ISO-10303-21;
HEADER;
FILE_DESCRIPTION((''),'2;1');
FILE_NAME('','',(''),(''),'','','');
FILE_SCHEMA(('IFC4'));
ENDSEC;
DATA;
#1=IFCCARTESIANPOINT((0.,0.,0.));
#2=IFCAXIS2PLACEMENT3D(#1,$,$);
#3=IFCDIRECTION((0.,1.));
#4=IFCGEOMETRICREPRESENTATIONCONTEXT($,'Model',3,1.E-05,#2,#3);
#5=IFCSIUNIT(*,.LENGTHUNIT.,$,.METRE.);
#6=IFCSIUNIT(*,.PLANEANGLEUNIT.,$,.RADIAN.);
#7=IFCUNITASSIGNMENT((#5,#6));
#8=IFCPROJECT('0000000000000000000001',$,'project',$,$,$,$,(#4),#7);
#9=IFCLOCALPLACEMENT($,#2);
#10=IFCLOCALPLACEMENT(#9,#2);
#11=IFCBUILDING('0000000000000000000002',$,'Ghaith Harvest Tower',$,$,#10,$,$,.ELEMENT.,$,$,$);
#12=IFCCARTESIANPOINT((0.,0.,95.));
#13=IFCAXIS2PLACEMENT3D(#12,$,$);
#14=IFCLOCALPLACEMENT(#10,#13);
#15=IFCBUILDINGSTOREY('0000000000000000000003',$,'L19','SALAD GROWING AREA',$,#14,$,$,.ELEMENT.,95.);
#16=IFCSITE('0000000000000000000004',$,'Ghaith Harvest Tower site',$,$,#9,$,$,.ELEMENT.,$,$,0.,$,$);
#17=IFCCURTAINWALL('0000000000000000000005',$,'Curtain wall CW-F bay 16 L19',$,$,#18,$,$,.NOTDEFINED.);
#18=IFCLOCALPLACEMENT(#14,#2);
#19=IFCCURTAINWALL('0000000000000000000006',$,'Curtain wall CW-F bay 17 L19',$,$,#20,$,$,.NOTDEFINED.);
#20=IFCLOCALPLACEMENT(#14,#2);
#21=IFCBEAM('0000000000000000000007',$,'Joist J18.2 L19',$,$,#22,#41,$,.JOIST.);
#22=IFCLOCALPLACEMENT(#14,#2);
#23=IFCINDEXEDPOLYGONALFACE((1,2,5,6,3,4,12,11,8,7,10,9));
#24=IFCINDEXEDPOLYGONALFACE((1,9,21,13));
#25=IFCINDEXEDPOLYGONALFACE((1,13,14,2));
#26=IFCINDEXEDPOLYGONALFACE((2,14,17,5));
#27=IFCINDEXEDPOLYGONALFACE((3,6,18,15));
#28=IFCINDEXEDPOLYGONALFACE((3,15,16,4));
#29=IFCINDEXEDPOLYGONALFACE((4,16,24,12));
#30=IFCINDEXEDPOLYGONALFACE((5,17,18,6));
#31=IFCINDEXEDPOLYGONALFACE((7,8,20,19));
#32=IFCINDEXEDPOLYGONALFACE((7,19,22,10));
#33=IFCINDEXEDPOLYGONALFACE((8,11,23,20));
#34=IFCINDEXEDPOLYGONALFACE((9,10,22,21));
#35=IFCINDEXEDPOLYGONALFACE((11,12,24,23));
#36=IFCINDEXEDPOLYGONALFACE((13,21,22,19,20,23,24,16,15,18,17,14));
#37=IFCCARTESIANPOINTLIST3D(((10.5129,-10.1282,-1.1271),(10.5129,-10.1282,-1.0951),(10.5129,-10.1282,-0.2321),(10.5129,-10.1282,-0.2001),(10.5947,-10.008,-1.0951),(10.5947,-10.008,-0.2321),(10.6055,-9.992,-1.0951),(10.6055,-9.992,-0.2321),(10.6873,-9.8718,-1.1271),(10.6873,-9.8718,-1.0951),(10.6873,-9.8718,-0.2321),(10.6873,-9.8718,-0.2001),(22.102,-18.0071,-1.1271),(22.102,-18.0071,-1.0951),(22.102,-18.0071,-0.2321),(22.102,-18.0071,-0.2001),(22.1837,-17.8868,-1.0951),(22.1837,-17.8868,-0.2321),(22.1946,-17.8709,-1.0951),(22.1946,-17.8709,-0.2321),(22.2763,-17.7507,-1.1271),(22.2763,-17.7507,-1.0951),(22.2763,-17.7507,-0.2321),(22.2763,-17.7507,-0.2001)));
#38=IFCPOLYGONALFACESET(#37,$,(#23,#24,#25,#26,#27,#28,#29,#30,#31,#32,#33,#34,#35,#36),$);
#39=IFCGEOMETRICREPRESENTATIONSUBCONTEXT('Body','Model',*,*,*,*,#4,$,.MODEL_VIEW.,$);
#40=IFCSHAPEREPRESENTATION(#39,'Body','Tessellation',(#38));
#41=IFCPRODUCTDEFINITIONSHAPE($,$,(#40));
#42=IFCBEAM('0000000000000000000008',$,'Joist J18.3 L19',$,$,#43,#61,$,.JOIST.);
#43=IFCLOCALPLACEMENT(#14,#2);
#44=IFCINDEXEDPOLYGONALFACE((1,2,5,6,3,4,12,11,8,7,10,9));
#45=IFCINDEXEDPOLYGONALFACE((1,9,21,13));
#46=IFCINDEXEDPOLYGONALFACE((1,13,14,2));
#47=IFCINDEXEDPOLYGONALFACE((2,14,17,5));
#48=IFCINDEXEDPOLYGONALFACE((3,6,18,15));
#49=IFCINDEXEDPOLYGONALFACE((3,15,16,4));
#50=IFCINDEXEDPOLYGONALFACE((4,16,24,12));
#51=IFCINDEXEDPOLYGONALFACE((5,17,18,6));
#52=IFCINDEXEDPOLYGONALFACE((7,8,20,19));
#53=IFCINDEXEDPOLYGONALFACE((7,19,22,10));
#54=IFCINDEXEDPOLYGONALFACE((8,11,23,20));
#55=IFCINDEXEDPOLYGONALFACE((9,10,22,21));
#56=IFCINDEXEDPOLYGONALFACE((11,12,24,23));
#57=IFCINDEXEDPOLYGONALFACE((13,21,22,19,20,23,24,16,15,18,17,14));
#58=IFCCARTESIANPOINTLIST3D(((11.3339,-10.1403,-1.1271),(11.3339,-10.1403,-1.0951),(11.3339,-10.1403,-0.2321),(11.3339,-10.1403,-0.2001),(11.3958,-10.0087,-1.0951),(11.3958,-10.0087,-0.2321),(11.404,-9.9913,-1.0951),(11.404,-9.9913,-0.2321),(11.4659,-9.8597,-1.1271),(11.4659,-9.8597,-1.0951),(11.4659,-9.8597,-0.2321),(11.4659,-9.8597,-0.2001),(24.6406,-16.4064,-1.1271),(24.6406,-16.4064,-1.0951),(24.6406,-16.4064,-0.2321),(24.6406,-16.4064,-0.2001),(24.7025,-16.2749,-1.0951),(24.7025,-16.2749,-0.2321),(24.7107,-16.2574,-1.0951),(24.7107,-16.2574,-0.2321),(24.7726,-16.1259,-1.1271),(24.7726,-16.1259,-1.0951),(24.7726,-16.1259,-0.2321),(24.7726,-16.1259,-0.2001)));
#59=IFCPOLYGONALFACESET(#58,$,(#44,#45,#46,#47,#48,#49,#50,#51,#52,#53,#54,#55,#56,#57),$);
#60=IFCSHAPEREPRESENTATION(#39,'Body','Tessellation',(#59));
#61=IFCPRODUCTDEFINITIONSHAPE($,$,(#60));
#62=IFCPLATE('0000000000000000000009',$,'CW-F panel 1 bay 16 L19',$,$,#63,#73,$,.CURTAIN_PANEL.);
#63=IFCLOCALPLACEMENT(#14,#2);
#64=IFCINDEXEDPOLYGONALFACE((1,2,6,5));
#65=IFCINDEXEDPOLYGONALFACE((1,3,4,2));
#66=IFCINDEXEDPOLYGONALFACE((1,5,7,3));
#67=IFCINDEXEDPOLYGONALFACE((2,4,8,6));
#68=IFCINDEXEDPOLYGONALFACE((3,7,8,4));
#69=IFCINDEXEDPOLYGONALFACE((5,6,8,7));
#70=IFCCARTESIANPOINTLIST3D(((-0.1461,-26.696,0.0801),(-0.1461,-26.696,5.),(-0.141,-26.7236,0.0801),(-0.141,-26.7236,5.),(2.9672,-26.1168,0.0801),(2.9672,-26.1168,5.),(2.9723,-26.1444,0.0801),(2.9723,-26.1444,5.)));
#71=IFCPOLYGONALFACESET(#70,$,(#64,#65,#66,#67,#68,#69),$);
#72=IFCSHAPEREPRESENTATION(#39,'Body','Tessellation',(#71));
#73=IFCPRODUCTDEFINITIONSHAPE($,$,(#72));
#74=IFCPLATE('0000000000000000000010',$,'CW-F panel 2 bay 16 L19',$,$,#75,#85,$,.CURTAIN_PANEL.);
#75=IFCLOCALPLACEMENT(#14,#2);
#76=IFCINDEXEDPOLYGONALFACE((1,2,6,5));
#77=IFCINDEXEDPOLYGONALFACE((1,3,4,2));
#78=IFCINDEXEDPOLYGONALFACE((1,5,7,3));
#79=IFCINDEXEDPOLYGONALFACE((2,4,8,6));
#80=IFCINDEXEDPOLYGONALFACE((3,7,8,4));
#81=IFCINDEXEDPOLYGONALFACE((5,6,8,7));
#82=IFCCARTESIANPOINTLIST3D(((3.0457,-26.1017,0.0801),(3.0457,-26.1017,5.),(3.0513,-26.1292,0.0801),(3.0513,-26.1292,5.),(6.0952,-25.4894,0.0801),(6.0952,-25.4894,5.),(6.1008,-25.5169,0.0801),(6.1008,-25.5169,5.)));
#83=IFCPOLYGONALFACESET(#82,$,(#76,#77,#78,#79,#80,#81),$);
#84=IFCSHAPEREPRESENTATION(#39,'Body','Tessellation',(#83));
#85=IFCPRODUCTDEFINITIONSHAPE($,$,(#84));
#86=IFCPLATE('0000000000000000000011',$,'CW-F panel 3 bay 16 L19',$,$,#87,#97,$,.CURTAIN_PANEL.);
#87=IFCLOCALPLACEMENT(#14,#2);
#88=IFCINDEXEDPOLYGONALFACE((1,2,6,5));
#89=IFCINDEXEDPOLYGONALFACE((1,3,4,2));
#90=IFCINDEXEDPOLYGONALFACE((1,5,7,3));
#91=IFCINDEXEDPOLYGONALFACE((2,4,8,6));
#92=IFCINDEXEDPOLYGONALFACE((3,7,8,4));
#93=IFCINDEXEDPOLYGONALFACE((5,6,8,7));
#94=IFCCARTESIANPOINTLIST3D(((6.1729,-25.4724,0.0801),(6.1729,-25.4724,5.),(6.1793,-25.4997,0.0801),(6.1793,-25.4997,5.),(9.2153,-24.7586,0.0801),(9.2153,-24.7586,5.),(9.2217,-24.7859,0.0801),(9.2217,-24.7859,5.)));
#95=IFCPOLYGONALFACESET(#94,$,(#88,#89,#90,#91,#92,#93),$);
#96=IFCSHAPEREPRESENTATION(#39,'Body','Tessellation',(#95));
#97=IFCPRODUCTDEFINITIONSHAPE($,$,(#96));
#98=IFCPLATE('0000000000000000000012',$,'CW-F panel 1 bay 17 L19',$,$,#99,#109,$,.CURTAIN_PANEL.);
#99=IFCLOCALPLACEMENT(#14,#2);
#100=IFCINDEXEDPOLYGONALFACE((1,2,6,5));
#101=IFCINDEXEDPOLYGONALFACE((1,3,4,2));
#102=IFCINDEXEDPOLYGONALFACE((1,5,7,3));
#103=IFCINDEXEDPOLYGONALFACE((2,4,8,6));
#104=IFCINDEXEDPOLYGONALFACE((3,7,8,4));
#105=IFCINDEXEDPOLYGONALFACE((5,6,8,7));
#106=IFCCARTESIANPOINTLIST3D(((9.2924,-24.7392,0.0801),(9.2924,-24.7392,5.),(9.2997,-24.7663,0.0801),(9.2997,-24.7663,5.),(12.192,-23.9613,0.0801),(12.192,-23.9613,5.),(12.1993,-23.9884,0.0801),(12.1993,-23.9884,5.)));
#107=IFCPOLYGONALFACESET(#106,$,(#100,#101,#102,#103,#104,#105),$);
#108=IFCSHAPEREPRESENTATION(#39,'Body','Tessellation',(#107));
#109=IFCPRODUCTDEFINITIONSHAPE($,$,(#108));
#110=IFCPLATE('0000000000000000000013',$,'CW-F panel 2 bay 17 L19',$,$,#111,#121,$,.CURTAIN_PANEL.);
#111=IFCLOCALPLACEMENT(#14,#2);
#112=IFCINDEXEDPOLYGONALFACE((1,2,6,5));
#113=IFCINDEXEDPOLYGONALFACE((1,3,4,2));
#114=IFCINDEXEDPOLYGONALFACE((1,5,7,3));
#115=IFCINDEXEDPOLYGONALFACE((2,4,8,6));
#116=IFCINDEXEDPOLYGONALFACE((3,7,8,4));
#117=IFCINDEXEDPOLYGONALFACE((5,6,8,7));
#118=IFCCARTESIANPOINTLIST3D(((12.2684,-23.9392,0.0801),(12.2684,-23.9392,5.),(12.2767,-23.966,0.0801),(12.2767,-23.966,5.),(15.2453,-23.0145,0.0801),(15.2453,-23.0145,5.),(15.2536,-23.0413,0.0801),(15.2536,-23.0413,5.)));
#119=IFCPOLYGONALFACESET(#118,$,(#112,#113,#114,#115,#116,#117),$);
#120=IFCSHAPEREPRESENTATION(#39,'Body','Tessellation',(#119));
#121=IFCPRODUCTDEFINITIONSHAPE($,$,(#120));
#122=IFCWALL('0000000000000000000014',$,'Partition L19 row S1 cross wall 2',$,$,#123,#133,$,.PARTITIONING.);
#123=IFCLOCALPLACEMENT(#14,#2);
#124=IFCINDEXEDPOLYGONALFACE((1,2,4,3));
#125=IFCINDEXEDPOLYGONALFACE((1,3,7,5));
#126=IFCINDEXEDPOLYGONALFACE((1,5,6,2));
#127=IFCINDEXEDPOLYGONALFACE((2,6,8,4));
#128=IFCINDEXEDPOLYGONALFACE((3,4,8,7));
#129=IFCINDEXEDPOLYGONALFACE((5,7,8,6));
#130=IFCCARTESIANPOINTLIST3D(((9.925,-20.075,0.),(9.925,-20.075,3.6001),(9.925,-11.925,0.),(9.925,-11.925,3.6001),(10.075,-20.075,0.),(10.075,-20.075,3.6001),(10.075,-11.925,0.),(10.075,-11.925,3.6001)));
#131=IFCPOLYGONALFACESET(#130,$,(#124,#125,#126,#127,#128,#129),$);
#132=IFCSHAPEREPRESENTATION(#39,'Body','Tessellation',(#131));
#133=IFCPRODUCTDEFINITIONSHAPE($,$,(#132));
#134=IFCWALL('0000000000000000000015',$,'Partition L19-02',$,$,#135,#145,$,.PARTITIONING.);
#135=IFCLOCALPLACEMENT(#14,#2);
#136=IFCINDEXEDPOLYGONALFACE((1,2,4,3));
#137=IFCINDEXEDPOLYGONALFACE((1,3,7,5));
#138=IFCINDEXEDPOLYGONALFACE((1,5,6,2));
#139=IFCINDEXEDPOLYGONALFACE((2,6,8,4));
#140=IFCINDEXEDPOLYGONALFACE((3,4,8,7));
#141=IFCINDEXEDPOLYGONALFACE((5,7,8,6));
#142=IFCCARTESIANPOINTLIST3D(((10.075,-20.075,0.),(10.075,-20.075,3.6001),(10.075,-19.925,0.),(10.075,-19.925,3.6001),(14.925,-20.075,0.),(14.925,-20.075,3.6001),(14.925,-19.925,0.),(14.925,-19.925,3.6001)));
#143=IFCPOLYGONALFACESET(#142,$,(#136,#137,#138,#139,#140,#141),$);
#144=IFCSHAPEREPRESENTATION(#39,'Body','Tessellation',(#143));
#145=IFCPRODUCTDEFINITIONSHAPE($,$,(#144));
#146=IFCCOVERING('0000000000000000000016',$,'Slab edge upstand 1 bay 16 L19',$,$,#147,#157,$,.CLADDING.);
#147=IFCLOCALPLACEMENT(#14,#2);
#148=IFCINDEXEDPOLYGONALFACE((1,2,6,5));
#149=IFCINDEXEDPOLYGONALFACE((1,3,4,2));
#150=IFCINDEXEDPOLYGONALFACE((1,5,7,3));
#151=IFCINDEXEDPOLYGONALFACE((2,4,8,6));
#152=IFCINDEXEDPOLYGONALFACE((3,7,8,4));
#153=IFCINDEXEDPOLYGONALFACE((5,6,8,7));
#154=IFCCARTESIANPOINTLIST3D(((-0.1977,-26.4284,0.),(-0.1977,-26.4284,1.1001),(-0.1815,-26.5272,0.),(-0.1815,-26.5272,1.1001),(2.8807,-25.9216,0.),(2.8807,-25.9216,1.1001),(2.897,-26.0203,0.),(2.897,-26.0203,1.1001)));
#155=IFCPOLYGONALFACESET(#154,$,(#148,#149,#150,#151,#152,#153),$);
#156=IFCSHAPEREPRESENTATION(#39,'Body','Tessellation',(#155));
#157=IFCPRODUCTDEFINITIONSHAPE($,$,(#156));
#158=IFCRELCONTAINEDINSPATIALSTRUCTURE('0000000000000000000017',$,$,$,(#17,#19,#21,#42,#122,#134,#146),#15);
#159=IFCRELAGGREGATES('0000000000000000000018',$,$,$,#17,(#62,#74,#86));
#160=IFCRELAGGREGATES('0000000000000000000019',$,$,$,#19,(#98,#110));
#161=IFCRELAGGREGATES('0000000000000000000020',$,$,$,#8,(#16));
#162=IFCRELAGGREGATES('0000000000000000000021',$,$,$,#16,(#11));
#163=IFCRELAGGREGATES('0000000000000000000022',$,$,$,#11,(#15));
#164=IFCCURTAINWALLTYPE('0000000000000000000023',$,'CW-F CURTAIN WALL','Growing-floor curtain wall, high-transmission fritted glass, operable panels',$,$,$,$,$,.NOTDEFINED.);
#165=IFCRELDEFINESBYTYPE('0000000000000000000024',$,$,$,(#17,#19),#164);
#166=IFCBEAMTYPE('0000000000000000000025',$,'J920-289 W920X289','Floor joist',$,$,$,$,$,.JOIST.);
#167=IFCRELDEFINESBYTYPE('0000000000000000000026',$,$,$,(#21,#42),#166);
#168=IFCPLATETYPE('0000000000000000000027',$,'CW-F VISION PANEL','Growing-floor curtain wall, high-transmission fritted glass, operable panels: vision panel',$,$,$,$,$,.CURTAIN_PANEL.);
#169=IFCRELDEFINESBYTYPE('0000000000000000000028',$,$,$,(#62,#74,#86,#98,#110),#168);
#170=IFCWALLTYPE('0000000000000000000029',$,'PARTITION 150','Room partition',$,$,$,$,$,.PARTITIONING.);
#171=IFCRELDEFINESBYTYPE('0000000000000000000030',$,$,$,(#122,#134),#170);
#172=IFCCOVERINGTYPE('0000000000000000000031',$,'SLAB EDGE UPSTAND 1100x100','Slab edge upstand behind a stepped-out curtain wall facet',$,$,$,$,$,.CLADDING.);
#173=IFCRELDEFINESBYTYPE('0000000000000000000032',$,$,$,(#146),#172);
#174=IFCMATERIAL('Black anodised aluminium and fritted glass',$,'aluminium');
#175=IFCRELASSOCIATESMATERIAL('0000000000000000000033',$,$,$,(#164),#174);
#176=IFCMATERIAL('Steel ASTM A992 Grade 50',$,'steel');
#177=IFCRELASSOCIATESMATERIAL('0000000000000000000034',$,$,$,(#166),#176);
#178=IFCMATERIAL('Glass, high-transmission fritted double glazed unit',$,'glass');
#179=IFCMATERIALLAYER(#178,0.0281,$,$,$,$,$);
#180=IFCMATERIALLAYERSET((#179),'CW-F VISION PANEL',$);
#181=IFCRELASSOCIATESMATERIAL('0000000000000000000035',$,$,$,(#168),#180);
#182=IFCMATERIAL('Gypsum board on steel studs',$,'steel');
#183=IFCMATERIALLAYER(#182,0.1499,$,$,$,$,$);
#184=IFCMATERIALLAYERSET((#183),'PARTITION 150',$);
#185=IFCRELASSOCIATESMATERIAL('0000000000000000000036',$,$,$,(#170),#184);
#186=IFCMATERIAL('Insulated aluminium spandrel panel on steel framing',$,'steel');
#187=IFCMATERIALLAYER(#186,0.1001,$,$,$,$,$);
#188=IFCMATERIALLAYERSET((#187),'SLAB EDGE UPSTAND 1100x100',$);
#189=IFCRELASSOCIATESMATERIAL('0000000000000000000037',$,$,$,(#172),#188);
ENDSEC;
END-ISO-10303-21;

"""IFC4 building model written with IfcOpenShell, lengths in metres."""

from ifc_helpers import new_model, si_unit, direction, frame, frame_2d, origin, origin_2d, place, context, subcontext, project, spatial, rectangle, i_section, extrude, material, layer, layer_set, material_profile, profile_set, type_object, element, aggregate, save


model = new_model("IFC4")

# Units and contexts
model_context = context("Model", 3, precision=1e-05, world=origin(), true_north=direction((0.0, 1.0)))
body_context = subcontext(model_context, "Body", "Model", "MODEL_VIEW")
ifc_project = project(units=[si_unit("LENGTHUNIT", "METRE"), si_unit("PLANEANGLEUNIT", "RADIAN")], contexts=[model_context])

# Site, building, storey
site_placement = place(None, origin())
site = spatial("IfcSite", under=ifc_project, at=site_placement, Name="Ghaith Harvest Tower site", CompositionType="ELEMENT", RefElevation=0.0)
building_placement = place(site_placement, origin())
building = spatial("IfcBuilding", under=site, at=building_placement, Name="Ghaith Harvest Tower", CompositionType="ELEMENT")
storey_placement = place(building_placement, frame((0.0, 0.0, 95.0)))
storey = spatial("IfcBuildingStorey", under=building, at=storey_placement, Name="L19", Description="SALAD GROWING AREA", CompositionType="ELEMENT", Elevation=95.0)

# Curtain walls
ifc_material_1 = material(Name="Black anodised aluminium and fritted glass", Category="aluminium")
curtain_wall_type = type_object("IfcCurtainWallType", Name="CW-F CURTAIN WALL", Description="Growing-floor curtain wall, high-transmission fritted glass, operable panels", PredefinedType="NOTDEFINED", material=ifc_material_1)
curtain_wall_1_placement = place(storey_placement, origin())
curtain_wall_1 = element("IfcCurtainWall", 1, at=curtain_wall_1_placement, inside=storey, type_object=curtain_wall_type, Name="Curtain wall CW-F bay 16 L19", PredefinedType="NOTDEFINED")
curtain_wall_2_placement = place(storey_placement, origin())
curtain_wall_2 = element("IfcCurtainWall", 2, at=curtain_wall_2_placement, inside=storey, type_object=curtain_wall_type, Name="Curtain wall CW-F bay 17 L19", PredefinedType="NOTDEFINED")

# Beams
ifc_material_2 = material(Name="Steel ASTM A992 Grade 50", Category="steel")
ifc_material_profile_1 = material_profile(ifc_material_2, i_section(OverallWidth=0.3101, OverallDepth=0.927, WebThickness=0.0193, FlangeThickness=0.032, at=origin_2d()), Name="W920X289")
ifc_profile_set_1 = profile_set([ifc_material_profile_1], Name="Steel ASTM A992 Grade 50")
beam_type_1 = type_object("IfcBeamType", Name="J920-289 W920X289", Description="Floor joist", PredefinedType="JOIST", material=ifc_profile_set_1)
beam_1_placement = place(storey_placement, frame((10.6001, -10.0, -0.6636), z_axis=(0.826983, -0.562228, 0.0), x_axis=(0.562228, 0.826983, 0.0)))
element("IfcBeam", 3, at=beam_1_placement, inside=storey, type_object=beam_type_1, Name="Joist J18.2 L19", PredefinedType="JOIST", context=body_context, shape_type="SweptSolid", body=[
    extrude(i_section(OverallWidth=0.3101, OverallDepth=0.927, WebThickness=0.0193, FlangeThickness=0.032, at=origin_2d()), origin(), (0.0, 0.0, 1.0), 14.0137),
])
beam_2_placement = place(storey_placement, frame((11.3999, -10.0, -0.6636), z_axis=(0.90471, -0.426029, 0.0), x_axis=(0.426029, 0.90471, 0.0)))
element("IfcBeam", 4, at=beam_2_placement, inside=storey, type_object=beam_type_1, Name="Joist J18.3 L19", PredefinedType="JOIST", context=body_context, shape_type="SweptSolid", body=[
    extrude(i_section(OverallWidth=0.3101, OverallDepth=0.927, WebThickness=0.0193, FlangeThickness=0.032, at=origin_2d()), origin(), (0.0, 0.0, 1.0), 14.7083),
])

# Plates
ifc_material_3 = material(Name="Glass, high-transmission fritted double glazed unit", Category="glass")
ifc_layer_1 = layer(ifc_material_3, 0.0281)
ifc_layer_set_1 = layer_set([ifc_layer_1], Name="CW-F VISION PANEL")
plate_type = type_object("IfcPlateType", Name="CW-F VISION PANEL", Description="Growing-floor curtain wall, high-transmission fritted glass, operable panels: vision panel", PredefinedType="CURTAIN_PANEL", material=ifc_layer_set_1)
plate_1_placement = place(storey_placement, frame((1.4131, -26.4202, 0.0801), z_axis=(0.0, 0.0, 1.0), x_axis=(0.983131, 0.182902, 0.0)))
plate_1 = element("IfcPlate", 5, at=plate_1_placement, type_object=plate_type, Name="CW-F panel 1 bay 16 L19", PredefinedType="CURTAIN_PANEL", context=body_context, shape_type="SweptSolid", body=[
    extrude(rectangle(XDim=3.1667, YDim=0.0281, at=origin_2d()), origin(), (0.0, 0.0, 1.0), 4.9199),
])
plate_2_placement = place(storey_placement, frame((4.5732, -25.8093, 0.0801), z_axis=(0.0, 0.0, 1.0), x_axis=(0.980432, 0.196856, 0.0)))
plate_2 = element("IfcPlate", 6, at=plate_2_placement, type_object=plate_type, Name="CW-F panel 2 bay 16 L19", PredefinedType="CURTAIN_PANEL", context=body_context, shape_type="SweptSolid", body=[
    extrude(rectangle(XDim=3.1104, YDim=0.0281, at=origin_2d()), origin(), (0.0, 0.0, 1.0), 4.9199),
])
plate_3_placement = place(storey_placement, frame((7.6973, -25.1292, 0.0801), z_axis=(0.0, 0.0, 1.0), x_axis=(0.973565, 0.228411, 0.0)))
plate_3 = element("IfcPlate", 7, at=plate_3_placement, type_object=plate_type, Name="CW-F panel 3 bay 16 L19", PredefinedType="CURTAIN_PANEL", context=body_context, shape_type="SweptSolid", body=[
    extrude(rectangle(XDim=3.125, YDim=0.0281, at=origin_2d()), origin(), (0.0, 0.0, 1.0), 4.9199),
])
aggregate(curtain_wall_1, [plate_1, plate_2, plate_3])
plate_4_placement = place(storey_placement, frame((10.7458, -24.3638, 0.0801), z_axis=(0.0, 0.0, 1.0), x_axis=(0.965848, 0.259108, 0.0)))
plate_4 = element("IfcPlate", 8, at=plate_4_placement, type_object=plate_type, Name="CW-F panel 1 bay 17 L19", PredefinedType="CURTAIN_PANEL", context=body_context, shape_type="SweptSolid", body=[
    extrude(rectangle(XDim=3.0022, YDim=0.0281, at=origin_2d()), origin(), (0.0, 0.0, 1.0), 4.9199),
])
plate_5_placement = place(storey_placement, frame((13.761, -23.4902, 0.0801), z_axis=(0.0, 0.0, 1.0), x_axis=(0.954988, 0.296644, 0.0)))
plate_5 = element("IfcPlate", 9, at=plate_5_placement, type_object=plate_type, Name="CW-F panel 2 bay 17 L19", PredefinedType="CURTAIN_PANEL", context=body_context, shape_type="SweptSolid", body=[
    extrude(rectangle(XDim=3.1172, YDim=0.0281, at=origin_2d()), origin(), (0.0, 0.0, 1.0), 4.9199),
])
aggregate(curtain_wall_2, [plate_4, plate_5])

# Wall
ifc_material_4 = material(Name="Gypsum board on steel studs", Category="steel")
ifc_layer_2 = layer(ifc_material_4, 0.1499)
ifc_layer_set_2 = layer_set([ifc_layer_2], Name="PARTITION 150")
wall_type = type_object("IfcWallType", Name="PARTITION 150", Description="Room partition", PredefinedType="PARTITIONING", material=ifc_layer_set_2)
wall_1_placement = place(storey_placement, frame((10.0, -11.925, 0.0), z_axis=(0.0, 0.0, 1.0), x_axis=(0.0, -1.0, 0.0)))
element("IfcWall", 10, at=wall_1_placement, inside=storey, type_object=wall_type, Name="Partition L19 row S1 cross wall 2", PredefinedType="PARTITIONING", context=body_context, shape_type="SweptSolid", body=[
    extrude(rectangle(XDim=8.1499, YDim=0.1499, at=frame_2d((4.075, 0.0))), origin(), (0.0, 0.0, 1.0), 3.6001),
])

# Wall
wall_2_placement = place(storey_placement, frame((10.075, -20.0, 0.0), z_axis=(0.0, 0.0, 1.0), x_axis=(1.0, 0.0, 0.0)))
element("IfcWall", 11, at=wall_2_placement, inside=storey, type_object=wall_type, Name="Partition L19-02", PredefinedType="PARTITIONING", context=body_context, shape_type="SweptSolid", body=[
    extrude(rectangle(XDim=4.8501, YDim=0.1499, at=frame_2d((2.425, 0.0))), origin(), (0.0, 0.0, 1.0), 3.6001),
])

# Covering
ifc_material_5 = material(Name="Insulated aluminium spandrel panel on steel framing", Category="steel")
ifc_layer_3 = layer(ifc_material_5, 0.1001)
ifc_layer_set_3 = layer_set([ifc_layer_3], Name="SLAB EDGE UPSTAND 1100x100")
covering_type = type_object("IfcCoveringType", Name="SLAB EDGE UPSTAND 1100x100", Description="Slab edge upstand behind a stepped-out curtain wall facet", PredefinedType="CLADDING", material=ifc_layer_set_3)
covering_placement = place(storey_placement, frame((1.3496, -26.2244, 0.0), z_axis=(0.0, 0.0, 1.0), x_axis=(0.986716, 0.162453, 0.0)))
element("IfcCovering", 12, at=covering_placement, inside=storey, type_object=covering_type, Name="Slab edge upstand 1 bay 16 L19", PredefinedType="CLADDING", context=body_context, shape_type="SweptSolid", body=[
    extrude(rectangle(XDim=3.1199, YDim=0.1001, at=origin_2d()), origin(), (0.0, 0.0, 1.0), 1.1001),
])

save(model, "model.ifc")
